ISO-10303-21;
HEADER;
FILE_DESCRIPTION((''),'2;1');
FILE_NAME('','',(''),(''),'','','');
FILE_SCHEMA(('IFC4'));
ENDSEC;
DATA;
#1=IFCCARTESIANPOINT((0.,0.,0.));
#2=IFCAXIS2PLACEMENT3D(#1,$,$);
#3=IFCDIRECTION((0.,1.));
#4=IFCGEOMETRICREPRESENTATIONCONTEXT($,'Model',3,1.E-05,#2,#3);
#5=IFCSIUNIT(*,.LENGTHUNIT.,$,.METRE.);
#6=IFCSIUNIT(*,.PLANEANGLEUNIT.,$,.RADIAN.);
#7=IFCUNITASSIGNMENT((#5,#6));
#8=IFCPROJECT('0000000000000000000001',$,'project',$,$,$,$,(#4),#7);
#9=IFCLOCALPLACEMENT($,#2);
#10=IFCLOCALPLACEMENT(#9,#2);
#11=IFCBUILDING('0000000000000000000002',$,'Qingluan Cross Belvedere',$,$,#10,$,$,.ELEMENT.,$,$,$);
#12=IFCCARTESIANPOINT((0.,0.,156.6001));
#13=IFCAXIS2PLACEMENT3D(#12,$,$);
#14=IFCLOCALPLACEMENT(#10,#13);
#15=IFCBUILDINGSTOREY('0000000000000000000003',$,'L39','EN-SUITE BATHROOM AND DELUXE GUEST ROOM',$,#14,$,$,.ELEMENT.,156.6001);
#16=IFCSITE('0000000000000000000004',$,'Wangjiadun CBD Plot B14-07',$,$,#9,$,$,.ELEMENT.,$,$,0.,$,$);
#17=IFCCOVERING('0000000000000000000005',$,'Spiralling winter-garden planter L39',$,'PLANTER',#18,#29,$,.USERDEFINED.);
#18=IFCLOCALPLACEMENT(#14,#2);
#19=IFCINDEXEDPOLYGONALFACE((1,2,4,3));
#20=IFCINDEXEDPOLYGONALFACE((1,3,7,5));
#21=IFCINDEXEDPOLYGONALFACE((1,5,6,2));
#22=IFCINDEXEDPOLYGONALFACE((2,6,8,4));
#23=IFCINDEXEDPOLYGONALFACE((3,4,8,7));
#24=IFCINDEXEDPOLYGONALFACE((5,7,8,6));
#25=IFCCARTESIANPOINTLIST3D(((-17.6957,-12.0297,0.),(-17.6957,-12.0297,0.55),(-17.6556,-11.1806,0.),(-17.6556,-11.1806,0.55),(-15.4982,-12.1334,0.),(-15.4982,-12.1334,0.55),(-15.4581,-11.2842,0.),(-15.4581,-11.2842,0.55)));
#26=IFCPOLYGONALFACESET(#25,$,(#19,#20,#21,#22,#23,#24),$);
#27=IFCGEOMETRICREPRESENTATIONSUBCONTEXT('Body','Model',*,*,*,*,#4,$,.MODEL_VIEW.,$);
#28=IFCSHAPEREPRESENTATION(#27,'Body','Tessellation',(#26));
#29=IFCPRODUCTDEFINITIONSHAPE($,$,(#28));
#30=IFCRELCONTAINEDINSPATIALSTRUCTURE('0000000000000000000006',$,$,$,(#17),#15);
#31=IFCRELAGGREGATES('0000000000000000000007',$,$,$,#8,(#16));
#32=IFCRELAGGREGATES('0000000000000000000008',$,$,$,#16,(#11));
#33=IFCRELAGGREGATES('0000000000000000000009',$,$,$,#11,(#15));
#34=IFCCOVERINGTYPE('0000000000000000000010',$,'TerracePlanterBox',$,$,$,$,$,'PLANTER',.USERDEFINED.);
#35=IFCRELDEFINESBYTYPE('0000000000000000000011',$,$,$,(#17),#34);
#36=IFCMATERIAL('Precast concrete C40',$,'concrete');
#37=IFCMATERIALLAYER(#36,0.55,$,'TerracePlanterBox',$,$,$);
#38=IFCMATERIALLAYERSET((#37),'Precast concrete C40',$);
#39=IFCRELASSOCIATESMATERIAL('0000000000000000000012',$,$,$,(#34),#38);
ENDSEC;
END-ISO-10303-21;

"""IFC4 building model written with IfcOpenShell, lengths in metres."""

from ifc_helpers import new_model, si_unit, direction, frame, origin, origin_2d, place, context, subcontext, project, spatial, rectangle, extrude, material, layer, layer_set, type_object, element, save


model = new_model("IFC4")

# Units and contexts
model_context = context("Model", 3, precision=1e-05, world=origin(), true_north=direction((0.0, 1.0)))
body_context = subcontext(model_context, "Body", "Model", "MODEL_VIEW")
ifc_project = project(units=[si_unit("LENGTHUNIT", "METRE"), si_unit("PLANEANGLEUNIT", "RADIAN")], contexts=[model_context])

# Site, building, storey
site_placement = place(None, origin())
site = spatial("IfcSite", under=ifc_project, at=site_placement, Name="Wangjiadun CBD Plot B14-07", CompositionType="ELEMENT", RefElevation=0.0)
building_placement = place(site_placement, origin())
building = spatial("IfcBuilding", under=site, at=building_placement, Name="Qingluan Cross Belvedere", CompositionType="ELEMENT")
storey_placement = place(building_placement, frame((0.0, 0.0, 156.6001)))
storey = spatial("IfcBuildingStorey", under=building, at=storey_placement, Name="L39", Description="EN-SUITE BATHROOM AND DELUXE GUEST ROOM", CompositionType="ELEMENT", Elevation=156.6001)

# Covering
ifc_material_1 = material(Name="Precast concrete C40", Category="concrete")
ifc_layer_1 = layer(ifc_material_1, 0.55, Name="TerracePlanterBox")
ifc_layer_set_1 = layer_set([ifc_layer_1], Name="Precast concrete C40")
covering_type_1 = type_object("IfcCoveringType", Name="TerracePlanterBox", ElementType="PLANTER", PredefinedType="USERDEFINED", material=ifc_layer_set_1)
covering_placement = place(storey_placement, frame((-16.5769, -11.657, 0.0), z_axis=(0.0, 0.0, 1.0), x_axis=(0.99889, -0.047106, 0.0)))
element("IfcCovering", 1, at=covering_placement, inside=storey, type_object=covering_type_1, Name="Spiralling winter-garden planter L39", ObjectType="PLANTER", PredefinedType="USERDEFINED", context=body_context, shape_type="SweptSolid", body=[
    extrude(rectangle(XDim=2.2, YDim=0.8501, at=origin_2d()), origin(), (0.0, 0.0, 1.0), 0.55),
])

save(model, "model.ifc")
